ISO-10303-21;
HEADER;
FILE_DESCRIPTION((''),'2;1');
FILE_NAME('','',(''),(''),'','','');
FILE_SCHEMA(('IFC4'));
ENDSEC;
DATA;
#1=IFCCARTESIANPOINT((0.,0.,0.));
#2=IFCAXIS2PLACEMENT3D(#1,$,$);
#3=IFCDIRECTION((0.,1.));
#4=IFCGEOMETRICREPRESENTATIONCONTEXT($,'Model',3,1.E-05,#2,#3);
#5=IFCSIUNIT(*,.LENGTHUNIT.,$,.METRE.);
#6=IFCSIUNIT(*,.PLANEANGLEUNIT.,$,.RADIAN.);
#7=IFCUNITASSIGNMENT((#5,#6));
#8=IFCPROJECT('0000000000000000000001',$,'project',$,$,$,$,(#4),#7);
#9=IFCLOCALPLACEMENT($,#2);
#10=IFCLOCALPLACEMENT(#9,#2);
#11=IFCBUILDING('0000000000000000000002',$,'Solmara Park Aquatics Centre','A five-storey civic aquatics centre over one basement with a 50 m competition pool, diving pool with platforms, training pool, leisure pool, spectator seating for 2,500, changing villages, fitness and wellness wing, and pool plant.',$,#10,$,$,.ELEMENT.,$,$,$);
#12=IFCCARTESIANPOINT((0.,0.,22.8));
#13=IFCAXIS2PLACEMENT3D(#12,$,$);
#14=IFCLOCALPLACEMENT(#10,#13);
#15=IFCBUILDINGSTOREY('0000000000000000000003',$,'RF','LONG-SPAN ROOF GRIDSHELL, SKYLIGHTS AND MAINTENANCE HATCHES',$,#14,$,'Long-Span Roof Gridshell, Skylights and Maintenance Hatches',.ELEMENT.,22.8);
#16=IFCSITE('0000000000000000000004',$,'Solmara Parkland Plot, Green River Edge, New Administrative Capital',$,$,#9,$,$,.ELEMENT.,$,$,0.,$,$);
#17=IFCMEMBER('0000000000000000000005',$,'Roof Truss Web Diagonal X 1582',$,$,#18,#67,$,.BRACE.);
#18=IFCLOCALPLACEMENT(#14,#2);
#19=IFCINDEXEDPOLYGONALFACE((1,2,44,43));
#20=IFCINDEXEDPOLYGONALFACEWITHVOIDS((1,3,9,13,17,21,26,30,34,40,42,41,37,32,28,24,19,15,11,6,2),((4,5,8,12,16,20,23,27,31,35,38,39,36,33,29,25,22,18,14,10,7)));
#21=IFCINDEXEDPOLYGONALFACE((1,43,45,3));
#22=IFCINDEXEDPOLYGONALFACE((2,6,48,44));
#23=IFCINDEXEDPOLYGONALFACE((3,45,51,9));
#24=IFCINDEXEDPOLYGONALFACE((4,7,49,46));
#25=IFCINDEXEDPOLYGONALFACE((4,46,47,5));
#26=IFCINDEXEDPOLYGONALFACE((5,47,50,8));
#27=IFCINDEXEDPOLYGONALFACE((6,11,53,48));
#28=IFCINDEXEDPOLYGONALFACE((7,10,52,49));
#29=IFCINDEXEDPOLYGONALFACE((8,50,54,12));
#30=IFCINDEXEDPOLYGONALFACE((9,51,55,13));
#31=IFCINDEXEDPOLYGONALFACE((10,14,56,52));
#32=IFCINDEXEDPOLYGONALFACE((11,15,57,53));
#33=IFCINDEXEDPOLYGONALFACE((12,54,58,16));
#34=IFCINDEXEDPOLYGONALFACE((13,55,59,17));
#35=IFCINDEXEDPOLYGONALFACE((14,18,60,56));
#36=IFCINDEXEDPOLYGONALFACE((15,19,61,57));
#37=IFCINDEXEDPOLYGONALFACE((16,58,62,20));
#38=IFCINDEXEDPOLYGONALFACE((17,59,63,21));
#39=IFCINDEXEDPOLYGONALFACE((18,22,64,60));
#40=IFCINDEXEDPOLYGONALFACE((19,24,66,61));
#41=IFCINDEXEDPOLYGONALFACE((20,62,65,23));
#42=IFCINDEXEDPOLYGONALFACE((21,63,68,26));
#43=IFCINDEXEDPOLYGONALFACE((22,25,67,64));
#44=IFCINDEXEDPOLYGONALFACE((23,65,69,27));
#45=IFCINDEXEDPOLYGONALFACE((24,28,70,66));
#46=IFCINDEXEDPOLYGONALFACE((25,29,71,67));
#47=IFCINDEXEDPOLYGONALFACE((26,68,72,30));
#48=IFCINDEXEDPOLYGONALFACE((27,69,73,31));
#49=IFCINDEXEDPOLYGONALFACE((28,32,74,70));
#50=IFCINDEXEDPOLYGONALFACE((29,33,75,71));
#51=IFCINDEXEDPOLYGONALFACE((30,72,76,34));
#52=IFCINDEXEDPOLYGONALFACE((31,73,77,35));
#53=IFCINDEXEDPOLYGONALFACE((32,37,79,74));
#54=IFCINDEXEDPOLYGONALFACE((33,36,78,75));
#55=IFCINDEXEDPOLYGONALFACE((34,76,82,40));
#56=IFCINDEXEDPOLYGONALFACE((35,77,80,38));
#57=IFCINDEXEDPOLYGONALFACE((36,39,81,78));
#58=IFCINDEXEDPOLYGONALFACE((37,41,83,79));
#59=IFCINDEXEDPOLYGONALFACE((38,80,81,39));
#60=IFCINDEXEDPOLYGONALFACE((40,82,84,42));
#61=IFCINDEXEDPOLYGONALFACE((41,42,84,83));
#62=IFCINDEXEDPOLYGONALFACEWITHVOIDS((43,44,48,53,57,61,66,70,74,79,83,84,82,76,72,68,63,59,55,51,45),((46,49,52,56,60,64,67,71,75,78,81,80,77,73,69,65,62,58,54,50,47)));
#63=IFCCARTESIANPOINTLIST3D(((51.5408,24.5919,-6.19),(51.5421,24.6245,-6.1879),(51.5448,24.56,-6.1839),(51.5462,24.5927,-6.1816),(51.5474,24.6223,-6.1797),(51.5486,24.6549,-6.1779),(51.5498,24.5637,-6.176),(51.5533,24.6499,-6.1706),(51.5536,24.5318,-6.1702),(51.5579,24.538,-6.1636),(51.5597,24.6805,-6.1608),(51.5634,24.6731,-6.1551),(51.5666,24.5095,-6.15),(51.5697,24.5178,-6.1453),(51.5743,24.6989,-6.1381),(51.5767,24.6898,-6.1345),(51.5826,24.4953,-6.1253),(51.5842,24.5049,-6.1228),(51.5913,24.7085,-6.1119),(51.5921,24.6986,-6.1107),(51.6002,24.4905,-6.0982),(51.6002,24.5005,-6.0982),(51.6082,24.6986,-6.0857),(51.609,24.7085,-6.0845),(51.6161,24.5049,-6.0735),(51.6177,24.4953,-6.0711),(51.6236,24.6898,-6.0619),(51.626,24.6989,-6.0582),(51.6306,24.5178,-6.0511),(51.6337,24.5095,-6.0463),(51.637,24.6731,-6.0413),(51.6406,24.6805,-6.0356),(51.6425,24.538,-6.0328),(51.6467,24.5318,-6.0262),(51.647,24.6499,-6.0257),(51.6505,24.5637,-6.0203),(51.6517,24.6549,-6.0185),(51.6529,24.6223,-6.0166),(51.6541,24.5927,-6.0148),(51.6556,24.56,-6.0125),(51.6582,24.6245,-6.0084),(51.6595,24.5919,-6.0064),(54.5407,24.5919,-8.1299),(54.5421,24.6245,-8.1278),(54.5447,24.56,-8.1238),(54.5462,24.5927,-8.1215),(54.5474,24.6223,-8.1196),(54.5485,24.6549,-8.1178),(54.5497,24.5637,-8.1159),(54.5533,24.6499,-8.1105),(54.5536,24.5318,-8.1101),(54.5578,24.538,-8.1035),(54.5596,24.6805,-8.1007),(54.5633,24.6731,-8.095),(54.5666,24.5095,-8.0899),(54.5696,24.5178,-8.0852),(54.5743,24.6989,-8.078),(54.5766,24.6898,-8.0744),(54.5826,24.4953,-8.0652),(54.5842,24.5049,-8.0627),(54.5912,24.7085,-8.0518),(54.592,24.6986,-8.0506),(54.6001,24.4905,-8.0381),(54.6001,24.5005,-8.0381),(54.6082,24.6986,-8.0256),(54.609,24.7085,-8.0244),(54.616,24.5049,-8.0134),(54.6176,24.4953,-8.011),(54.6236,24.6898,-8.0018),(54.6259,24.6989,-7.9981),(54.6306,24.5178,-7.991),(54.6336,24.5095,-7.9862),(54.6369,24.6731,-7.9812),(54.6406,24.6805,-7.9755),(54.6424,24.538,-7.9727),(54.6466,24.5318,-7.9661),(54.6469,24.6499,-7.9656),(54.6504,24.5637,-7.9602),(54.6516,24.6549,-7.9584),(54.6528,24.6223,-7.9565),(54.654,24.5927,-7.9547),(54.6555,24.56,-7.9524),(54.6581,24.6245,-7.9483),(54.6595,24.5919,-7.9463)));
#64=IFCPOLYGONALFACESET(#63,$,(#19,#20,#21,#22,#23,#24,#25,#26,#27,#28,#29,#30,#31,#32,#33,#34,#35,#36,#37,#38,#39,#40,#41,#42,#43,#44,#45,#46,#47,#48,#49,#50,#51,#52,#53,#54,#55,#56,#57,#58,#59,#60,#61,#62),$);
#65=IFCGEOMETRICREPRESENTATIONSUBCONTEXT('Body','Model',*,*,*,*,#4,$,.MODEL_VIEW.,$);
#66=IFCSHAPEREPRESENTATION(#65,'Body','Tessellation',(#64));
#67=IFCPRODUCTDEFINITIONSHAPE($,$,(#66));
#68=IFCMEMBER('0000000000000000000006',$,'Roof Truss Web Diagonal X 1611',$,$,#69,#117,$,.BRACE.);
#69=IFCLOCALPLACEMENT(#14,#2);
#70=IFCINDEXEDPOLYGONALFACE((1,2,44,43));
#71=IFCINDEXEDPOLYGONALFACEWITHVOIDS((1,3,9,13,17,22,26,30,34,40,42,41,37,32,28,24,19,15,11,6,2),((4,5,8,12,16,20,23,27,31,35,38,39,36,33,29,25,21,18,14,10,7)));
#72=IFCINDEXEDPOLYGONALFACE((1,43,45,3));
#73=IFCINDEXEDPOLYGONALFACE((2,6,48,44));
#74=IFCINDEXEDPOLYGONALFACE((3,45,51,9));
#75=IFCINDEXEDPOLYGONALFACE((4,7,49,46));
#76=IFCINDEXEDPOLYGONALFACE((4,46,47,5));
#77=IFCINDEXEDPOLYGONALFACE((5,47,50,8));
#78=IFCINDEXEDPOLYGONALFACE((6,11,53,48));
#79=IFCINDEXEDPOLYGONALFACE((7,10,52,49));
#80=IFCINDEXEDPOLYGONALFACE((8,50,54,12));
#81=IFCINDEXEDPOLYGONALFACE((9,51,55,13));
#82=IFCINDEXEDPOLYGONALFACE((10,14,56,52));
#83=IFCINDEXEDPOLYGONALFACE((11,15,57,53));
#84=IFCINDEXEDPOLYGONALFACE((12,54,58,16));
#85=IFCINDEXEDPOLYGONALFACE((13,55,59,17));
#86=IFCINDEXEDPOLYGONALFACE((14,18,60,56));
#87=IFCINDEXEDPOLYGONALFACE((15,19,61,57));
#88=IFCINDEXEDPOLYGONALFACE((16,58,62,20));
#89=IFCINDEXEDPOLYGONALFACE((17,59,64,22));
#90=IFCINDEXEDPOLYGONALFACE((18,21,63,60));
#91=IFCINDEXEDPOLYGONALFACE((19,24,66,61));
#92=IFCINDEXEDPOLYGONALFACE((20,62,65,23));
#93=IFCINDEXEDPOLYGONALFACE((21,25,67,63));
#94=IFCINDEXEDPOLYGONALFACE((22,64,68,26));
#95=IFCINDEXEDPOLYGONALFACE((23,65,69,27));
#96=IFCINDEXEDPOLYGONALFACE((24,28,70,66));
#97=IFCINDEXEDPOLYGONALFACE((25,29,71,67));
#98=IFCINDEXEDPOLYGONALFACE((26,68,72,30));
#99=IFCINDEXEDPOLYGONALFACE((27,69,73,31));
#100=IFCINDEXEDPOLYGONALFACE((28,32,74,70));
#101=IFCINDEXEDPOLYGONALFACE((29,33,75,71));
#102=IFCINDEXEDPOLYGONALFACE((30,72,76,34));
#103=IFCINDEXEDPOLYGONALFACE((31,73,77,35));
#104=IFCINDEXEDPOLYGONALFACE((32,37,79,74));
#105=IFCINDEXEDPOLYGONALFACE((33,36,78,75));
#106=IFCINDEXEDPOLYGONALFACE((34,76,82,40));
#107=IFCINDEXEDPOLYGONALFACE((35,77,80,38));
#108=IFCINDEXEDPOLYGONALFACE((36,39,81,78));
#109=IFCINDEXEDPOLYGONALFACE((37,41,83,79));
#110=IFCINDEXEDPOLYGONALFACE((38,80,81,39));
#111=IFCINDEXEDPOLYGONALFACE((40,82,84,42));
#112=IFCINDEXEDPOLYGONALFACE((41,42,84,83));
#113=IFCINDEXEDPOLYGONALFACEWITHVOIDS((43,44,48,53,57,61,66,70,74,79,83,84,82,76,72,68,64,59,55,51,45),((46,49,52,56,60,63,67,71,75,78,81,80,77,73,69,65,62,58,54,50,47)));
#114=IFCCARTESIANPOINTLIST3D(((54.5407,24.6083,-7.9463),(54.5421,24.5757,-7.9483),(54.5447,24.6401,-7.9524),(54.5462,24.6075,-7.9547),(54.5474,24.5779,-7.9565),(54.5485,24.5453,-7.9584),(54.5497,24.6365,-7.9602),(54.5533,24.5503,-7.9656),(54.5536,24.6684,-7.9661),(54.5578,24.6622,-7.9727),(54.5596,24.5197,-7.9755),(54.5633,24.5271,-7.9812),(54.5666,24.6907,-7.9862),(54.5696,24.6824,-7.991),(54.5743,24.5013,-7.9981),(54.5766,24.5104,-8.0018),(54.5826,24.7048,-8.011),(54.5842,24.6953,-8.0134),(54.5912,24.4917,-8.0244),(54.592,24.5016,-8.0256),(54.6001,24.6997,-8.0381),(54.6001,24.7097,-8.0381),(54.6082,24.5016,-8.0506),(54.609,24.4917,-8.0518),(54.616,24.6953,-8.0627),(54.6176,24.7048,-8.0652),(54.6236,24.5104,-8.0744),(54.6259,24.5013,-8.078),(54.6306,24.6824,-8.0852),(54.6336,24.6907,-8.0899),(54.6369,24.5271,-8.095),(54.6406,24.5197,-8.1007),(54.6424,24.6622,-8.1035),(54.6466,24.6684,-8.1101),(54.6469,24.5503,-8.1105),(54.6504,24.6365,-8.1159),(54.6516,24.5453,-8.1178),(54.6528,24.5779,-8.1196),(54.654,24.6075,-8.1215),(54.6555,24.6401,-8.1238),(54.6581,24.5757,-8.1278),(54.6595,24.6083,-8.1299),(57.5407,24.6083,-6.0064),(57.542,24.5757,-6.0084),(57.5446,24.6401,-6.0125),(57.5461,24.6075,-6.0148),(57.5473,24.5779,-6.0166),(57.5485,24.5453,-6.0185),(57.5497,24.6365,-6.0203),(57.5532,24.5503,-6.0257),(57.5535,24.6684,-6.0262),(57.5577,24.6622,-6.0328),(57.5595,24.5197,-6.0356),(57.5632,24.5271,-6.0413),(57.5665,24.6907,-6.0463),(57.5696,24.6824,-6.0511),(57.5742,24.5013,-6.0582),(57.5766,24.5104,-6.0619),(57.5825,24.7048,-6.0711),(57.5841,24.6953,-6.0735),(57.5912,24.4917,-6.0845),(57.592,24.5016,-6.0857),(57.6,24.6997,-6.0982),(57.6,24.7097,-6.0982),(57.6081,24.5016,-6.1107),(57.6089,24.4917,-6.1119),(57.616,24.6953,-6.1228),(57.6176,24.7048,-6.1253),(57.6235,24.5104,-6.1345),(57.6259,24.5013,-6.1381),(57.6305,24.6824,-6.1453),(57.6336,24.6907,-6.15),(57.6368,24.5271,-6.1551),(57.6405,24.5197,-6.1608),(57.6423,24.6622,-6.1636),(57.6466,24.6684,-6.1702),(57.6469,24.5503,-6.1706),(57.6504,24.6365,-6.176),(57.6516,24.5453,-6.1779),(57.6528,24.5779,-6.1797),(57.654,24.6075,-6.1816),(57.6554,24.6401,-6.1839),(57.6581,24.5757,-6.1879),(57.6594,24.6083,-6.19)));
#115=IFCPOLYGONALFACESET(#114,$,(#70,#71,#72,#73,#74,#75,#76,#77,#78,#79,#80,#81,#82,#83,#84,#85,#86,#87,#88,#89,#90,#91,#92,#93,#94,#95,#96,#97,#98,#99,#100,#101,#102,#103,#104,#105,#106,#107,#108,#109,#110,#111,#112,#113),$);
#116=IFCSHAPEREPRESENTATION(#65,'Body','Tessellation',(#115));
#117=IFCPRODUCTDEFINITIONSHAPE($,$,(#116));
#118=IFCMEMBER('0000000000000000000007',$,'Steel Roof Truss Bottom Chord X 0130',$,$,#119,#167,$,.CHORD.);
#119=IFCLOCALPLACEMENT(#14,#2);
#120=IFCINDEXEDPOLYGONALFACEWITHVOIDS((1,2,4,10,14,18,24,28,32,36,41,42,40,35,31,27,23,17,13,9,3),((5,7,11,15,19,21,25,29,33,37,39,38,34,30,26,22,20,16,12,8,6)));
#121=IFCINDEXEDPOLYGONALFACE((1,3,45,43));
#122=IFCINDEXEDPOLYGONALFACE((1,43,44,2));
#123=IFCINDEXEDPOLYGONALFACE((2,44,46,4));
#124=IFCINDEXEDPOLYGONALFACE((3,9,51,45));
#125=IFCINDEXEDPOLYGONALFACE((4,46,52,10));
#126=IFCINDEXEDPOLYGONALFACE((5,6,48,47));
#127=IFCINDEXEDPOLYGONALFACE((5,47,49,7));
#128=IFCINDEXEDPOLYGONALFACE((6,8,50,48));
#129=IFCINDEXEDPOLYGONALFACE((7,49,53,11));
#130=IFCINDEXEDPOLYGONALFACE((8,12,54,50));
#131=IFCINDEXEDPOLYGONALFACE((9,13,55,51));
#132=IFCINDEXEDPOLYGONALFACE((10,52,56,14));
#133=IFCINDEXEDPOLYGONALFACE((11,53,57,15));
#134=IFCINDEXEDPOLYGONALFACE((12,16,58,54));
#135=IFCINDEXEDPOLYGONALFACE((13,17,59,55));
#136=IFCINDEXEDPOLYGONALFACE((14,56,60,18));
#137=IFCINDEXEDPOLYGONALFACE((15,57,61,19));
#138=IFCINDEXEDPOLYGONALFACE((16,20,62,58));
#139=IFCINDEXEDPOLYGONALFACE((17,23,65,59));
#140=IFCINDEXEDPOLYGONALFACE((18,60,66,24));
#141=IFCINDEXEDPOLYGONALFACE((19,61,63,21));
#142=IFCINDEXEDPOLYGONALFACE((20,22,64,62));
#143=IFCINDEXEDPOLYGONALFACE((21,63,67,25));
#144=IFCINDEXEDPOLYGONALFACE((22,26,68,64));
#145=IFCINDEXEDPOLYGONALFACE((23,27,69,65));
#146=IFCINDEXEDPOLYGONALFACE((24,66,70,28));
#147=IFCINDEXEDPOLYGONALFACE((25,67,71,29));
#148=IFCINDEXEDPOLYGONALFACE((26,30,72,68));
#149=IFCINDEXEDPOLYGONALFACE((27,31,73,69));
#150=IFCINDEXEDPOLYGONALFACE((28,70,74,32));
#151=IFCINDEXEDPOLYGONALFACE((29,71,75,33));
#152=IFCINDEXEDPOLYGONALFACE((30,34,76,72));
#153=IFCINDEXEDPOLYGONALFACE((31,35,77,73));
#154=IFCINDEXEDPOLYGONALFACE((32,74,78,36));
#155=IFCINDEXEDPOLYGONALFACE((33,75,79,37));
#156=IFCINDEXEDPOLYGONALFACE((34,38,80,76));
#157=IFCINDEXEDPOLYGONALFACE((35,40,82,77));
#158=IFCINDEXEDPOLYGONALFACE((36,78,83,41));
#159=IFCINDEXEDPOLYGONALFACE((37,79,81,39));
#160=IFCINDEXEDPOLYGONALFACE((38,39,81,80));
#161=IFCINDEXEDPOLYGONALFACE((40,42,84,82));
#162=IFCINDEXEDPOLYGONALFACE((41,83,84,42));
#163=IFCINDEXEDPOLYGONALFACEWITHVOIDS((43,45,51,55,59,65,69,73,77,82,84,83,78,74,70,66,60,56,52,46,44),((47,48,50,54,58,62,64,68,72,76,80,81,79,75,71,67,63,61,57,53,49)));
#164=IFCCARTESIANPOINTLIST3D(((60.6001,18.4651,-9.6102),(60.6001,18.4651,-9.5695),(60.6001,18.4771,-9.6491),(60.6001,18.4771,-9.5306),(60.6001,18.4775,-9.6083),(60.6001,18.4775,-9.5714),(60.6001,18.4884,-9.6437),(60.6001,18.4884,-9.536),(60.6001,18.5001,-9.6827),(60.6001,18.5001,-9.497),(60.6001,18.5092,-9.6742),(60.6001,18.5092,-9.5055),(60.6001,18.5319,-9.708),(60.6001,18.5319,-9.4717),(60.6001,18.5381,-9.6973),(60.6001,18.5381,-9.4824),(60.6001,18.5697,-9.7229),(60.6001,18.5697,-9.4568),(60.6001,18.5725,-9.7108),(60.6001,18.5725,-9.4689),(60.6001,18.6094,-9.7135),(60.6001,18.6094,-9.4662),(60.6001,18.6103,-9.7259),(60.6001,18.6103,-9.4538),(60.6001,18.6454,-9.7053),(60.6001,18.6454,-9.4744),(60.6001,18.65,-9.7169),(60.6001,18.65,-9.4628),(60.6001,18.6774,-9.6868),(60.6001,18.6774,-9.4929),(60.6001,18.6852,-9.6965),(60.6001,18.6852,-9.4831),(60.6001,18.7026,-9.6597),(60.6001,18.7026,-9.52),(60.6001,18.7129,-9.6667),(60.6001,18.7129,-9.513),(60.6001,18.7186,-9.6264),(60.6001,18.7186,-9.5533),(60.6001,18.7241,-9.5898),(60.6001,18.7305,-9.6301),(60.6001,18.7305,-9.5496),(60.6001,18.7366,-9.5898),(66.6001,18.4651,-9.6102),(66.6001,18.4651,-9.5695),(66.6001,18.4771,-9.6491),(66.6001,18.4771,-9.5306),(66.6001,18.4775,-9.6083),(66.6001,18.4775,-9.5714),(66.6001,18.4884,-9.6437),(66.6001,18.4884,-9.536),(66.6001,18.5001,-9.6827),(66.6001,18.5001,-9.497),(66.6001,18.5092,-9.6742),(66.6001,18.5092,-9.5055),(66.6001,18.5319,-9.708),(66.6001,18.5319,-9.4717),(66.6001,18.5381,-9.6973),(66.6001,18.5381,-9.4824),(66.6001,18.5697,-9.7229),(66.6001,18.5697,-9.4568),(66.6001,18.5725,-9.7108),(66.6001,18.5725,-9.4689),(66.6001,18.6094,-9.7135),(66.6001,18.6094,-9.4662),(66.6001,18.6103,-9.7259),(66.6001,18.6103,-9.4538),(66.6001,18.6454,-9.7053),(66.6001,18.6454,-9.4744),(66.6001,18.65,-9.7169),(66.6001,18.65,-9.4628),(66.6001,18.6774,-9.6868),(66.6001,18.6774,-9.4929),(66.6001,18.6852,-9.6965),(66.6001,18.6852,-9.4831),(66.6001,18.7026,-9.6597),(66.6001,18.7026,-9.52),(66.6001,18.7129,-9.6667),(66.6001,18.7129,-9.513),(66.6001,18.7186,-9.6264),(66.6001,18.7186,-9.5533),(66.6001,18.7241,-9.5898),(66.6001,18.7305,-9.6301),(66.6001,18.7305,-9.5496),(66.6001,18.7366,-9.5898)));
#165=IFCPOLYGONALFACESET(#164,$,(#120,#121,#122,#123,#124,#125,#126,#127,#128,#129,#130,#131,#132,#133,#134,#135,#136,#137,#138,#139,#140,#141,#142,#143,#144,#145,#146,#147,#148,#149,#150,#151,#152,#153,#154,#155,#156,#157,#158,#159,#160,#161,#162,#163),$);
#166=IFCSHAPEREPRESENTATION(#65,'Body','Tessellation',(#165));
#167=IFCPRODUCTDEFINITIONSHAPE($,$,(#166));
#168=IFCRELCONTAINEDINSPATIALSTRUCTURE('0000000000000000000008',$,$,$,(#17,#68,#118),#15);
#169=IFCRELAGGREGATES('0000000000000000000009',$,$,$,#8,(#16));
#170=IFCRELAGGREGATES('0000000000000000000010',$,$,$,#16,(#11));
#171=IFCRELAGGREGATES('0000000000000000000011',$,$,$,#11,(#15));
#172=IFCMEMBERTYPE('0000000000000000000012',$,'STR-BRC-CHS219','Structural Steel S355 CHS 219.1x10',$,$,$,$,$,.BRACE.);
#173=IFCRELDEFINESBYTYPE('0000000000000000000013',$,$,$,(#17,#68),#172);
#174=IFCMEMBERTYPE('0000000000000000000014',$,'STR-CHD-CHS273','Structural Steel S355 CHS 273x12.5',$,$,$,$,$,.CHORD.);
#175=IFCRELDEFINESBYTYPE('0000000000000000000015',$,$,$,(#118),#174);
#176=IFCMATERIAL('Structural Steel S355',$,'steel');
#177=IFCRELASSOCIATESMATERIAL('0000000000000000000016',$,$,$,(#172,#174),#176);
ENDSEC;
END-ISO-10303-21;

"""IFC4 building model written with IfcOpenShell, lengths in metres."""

from ifc_helpers import new_model, si_unit, direction, frame, origin, origin_2d, place, context, subcontext, project, spatial, hollow_circle, extrude, material, material_profile, profile_set, type_object, element, save


model = new_model("IFC4")

# Units and contexts
model_context = context("Model", 3, precision=1e-05, world=origin(), true_north=direction((0.0, 1.0)))
body_context = subcontext(model_context, "Body", "Model", "MODEL_VIEW")
ifc_project = project(units=[si_unit("LENGTHUNIT", "METRE"), si_unit("PLANEANGLEUNIT", "RADIAN")], contexts=[model_context])

# Site, building, storey
site_placement = place(None, origin())
site = spatial("IfcSite", under=ifc_project, at=site_placement, Name="Solmara Parkland Plot, Green River Edge, New Administrative Capital", CompositionType="ELEMENT", RefElevation=0.0)
building_placement = place(site_placement, origin())
building = spatial("IfcBuilding", under=site, at=building_placement, Name="Solmara Park Aquatics Centre", Description="A five-storey civic aquatics centre over one basement with a 50 m competition pool, diving pool with platforms, training pool, leisure pool, spectator seating for 2,500, changing villages, fitness and wellness wing, and pool plant.", CompositionType="ELEMENT")
storey_placement = place(building_placement, frame((0.0, 0.0, 22.8)))
storey = spatial("IfcBuildingStorey", under=building, at=storey_placement, Name="RF", Description="LONG-SPAN ROOF GRIDSHELL, SKYLIGHTS AND MAINTENANCE HATCHES", LongName="Long-Span Roof Gridshell, Skylights and Maintenance Hatches", CompositionType="ELEMENT", Elevation=22.8)

# Members
ifc_material_1 = material(Name="Structural Steel S355", Category="steel")
ifc_material_profile_1 = material_profile(ifc_material_1, hollow_circle(Radius=0.1096, WallThickness=0.01, at=origin_2d()), Name="CHS 219.1x10")
ifc_profile_set_1 = profile_set([ifc_material_profile_1], Name="Structural Steel S355")
member_type_1 = type_object("IfcMemberType", Name="STR-BRC-CHS219", Description="Structural Steel S355 CHS 219.1x10", PredefinedType="BRACE", material=ifc_profile_set_1)
for number, where, z_axis, x_axis, name in (
    (1, (54.6001, 24.6001, -8.0381), (-0.839728, 0.0, 0.543008), (0.0, -1.0, 0.0), "Roof Truss Web Diagonal X 1582"),
    (2, (54.6001, 24.6001, -8.0381), (0.839728, 0.0, 0.543008), (0.0, 1.0, 0.0), "Roof Truss Web Diagonal X 1611"),
):
    element("IfcMember", number, at=place(storey_placement, frame(where, z_axis=z_axis, x_axis=x_axis)), inside=storey, type_object=member_type_1, Name=name, PredefinedType="BRACE", context=body_context, shape_type="SweptSolid", body=[
        extrude(hollow_circle(Radius=0.1096, WallThickness=0.01, at=origin_2d()), origin(), (0.0, 0.0, 1.0), 3.5725),
    ])
ifc_material_profile_2 = material_profile(ifc_material_1, hollow_circle(Radius=0.1365, WallThickness=0.0125, at=origin_2d()), Name="CHS 273x12.5")
ifc_profile_set_2 = profile_set([ifc_material_profile_2], Name="Structural Steel S355")
member_type_2 = type_object("IfcMemberType", Name="STR-CHD-CHS273", Description="Structural Steel S355 CHS 273x12.5", PredefinedType="CHORD", material=ifc_profile_set_2)
member_1_placement = place(storey_placement, frame((60.6001, 18.6001, -9.5898), z_axis=(1.0, 0.0, 0.0), x_axis=(0.0, 1.0, 0.0)))
element("IfcMember", 3, at=member_1_placement, inside=storey, type_object=member_type_2, Name="Steel Roof Truss Bottom Chord X 0130", PredefinedType="CHORD", context=body_context, shape_type="SweptSolid", body=[
    extrude(hollow_circle(Radius=0.1365, WallThickness=0.0125, at=origin_2d()), origin(), (0.0, 0.0, 1.0), 6.0),
])

save(model, "model.ifc")
